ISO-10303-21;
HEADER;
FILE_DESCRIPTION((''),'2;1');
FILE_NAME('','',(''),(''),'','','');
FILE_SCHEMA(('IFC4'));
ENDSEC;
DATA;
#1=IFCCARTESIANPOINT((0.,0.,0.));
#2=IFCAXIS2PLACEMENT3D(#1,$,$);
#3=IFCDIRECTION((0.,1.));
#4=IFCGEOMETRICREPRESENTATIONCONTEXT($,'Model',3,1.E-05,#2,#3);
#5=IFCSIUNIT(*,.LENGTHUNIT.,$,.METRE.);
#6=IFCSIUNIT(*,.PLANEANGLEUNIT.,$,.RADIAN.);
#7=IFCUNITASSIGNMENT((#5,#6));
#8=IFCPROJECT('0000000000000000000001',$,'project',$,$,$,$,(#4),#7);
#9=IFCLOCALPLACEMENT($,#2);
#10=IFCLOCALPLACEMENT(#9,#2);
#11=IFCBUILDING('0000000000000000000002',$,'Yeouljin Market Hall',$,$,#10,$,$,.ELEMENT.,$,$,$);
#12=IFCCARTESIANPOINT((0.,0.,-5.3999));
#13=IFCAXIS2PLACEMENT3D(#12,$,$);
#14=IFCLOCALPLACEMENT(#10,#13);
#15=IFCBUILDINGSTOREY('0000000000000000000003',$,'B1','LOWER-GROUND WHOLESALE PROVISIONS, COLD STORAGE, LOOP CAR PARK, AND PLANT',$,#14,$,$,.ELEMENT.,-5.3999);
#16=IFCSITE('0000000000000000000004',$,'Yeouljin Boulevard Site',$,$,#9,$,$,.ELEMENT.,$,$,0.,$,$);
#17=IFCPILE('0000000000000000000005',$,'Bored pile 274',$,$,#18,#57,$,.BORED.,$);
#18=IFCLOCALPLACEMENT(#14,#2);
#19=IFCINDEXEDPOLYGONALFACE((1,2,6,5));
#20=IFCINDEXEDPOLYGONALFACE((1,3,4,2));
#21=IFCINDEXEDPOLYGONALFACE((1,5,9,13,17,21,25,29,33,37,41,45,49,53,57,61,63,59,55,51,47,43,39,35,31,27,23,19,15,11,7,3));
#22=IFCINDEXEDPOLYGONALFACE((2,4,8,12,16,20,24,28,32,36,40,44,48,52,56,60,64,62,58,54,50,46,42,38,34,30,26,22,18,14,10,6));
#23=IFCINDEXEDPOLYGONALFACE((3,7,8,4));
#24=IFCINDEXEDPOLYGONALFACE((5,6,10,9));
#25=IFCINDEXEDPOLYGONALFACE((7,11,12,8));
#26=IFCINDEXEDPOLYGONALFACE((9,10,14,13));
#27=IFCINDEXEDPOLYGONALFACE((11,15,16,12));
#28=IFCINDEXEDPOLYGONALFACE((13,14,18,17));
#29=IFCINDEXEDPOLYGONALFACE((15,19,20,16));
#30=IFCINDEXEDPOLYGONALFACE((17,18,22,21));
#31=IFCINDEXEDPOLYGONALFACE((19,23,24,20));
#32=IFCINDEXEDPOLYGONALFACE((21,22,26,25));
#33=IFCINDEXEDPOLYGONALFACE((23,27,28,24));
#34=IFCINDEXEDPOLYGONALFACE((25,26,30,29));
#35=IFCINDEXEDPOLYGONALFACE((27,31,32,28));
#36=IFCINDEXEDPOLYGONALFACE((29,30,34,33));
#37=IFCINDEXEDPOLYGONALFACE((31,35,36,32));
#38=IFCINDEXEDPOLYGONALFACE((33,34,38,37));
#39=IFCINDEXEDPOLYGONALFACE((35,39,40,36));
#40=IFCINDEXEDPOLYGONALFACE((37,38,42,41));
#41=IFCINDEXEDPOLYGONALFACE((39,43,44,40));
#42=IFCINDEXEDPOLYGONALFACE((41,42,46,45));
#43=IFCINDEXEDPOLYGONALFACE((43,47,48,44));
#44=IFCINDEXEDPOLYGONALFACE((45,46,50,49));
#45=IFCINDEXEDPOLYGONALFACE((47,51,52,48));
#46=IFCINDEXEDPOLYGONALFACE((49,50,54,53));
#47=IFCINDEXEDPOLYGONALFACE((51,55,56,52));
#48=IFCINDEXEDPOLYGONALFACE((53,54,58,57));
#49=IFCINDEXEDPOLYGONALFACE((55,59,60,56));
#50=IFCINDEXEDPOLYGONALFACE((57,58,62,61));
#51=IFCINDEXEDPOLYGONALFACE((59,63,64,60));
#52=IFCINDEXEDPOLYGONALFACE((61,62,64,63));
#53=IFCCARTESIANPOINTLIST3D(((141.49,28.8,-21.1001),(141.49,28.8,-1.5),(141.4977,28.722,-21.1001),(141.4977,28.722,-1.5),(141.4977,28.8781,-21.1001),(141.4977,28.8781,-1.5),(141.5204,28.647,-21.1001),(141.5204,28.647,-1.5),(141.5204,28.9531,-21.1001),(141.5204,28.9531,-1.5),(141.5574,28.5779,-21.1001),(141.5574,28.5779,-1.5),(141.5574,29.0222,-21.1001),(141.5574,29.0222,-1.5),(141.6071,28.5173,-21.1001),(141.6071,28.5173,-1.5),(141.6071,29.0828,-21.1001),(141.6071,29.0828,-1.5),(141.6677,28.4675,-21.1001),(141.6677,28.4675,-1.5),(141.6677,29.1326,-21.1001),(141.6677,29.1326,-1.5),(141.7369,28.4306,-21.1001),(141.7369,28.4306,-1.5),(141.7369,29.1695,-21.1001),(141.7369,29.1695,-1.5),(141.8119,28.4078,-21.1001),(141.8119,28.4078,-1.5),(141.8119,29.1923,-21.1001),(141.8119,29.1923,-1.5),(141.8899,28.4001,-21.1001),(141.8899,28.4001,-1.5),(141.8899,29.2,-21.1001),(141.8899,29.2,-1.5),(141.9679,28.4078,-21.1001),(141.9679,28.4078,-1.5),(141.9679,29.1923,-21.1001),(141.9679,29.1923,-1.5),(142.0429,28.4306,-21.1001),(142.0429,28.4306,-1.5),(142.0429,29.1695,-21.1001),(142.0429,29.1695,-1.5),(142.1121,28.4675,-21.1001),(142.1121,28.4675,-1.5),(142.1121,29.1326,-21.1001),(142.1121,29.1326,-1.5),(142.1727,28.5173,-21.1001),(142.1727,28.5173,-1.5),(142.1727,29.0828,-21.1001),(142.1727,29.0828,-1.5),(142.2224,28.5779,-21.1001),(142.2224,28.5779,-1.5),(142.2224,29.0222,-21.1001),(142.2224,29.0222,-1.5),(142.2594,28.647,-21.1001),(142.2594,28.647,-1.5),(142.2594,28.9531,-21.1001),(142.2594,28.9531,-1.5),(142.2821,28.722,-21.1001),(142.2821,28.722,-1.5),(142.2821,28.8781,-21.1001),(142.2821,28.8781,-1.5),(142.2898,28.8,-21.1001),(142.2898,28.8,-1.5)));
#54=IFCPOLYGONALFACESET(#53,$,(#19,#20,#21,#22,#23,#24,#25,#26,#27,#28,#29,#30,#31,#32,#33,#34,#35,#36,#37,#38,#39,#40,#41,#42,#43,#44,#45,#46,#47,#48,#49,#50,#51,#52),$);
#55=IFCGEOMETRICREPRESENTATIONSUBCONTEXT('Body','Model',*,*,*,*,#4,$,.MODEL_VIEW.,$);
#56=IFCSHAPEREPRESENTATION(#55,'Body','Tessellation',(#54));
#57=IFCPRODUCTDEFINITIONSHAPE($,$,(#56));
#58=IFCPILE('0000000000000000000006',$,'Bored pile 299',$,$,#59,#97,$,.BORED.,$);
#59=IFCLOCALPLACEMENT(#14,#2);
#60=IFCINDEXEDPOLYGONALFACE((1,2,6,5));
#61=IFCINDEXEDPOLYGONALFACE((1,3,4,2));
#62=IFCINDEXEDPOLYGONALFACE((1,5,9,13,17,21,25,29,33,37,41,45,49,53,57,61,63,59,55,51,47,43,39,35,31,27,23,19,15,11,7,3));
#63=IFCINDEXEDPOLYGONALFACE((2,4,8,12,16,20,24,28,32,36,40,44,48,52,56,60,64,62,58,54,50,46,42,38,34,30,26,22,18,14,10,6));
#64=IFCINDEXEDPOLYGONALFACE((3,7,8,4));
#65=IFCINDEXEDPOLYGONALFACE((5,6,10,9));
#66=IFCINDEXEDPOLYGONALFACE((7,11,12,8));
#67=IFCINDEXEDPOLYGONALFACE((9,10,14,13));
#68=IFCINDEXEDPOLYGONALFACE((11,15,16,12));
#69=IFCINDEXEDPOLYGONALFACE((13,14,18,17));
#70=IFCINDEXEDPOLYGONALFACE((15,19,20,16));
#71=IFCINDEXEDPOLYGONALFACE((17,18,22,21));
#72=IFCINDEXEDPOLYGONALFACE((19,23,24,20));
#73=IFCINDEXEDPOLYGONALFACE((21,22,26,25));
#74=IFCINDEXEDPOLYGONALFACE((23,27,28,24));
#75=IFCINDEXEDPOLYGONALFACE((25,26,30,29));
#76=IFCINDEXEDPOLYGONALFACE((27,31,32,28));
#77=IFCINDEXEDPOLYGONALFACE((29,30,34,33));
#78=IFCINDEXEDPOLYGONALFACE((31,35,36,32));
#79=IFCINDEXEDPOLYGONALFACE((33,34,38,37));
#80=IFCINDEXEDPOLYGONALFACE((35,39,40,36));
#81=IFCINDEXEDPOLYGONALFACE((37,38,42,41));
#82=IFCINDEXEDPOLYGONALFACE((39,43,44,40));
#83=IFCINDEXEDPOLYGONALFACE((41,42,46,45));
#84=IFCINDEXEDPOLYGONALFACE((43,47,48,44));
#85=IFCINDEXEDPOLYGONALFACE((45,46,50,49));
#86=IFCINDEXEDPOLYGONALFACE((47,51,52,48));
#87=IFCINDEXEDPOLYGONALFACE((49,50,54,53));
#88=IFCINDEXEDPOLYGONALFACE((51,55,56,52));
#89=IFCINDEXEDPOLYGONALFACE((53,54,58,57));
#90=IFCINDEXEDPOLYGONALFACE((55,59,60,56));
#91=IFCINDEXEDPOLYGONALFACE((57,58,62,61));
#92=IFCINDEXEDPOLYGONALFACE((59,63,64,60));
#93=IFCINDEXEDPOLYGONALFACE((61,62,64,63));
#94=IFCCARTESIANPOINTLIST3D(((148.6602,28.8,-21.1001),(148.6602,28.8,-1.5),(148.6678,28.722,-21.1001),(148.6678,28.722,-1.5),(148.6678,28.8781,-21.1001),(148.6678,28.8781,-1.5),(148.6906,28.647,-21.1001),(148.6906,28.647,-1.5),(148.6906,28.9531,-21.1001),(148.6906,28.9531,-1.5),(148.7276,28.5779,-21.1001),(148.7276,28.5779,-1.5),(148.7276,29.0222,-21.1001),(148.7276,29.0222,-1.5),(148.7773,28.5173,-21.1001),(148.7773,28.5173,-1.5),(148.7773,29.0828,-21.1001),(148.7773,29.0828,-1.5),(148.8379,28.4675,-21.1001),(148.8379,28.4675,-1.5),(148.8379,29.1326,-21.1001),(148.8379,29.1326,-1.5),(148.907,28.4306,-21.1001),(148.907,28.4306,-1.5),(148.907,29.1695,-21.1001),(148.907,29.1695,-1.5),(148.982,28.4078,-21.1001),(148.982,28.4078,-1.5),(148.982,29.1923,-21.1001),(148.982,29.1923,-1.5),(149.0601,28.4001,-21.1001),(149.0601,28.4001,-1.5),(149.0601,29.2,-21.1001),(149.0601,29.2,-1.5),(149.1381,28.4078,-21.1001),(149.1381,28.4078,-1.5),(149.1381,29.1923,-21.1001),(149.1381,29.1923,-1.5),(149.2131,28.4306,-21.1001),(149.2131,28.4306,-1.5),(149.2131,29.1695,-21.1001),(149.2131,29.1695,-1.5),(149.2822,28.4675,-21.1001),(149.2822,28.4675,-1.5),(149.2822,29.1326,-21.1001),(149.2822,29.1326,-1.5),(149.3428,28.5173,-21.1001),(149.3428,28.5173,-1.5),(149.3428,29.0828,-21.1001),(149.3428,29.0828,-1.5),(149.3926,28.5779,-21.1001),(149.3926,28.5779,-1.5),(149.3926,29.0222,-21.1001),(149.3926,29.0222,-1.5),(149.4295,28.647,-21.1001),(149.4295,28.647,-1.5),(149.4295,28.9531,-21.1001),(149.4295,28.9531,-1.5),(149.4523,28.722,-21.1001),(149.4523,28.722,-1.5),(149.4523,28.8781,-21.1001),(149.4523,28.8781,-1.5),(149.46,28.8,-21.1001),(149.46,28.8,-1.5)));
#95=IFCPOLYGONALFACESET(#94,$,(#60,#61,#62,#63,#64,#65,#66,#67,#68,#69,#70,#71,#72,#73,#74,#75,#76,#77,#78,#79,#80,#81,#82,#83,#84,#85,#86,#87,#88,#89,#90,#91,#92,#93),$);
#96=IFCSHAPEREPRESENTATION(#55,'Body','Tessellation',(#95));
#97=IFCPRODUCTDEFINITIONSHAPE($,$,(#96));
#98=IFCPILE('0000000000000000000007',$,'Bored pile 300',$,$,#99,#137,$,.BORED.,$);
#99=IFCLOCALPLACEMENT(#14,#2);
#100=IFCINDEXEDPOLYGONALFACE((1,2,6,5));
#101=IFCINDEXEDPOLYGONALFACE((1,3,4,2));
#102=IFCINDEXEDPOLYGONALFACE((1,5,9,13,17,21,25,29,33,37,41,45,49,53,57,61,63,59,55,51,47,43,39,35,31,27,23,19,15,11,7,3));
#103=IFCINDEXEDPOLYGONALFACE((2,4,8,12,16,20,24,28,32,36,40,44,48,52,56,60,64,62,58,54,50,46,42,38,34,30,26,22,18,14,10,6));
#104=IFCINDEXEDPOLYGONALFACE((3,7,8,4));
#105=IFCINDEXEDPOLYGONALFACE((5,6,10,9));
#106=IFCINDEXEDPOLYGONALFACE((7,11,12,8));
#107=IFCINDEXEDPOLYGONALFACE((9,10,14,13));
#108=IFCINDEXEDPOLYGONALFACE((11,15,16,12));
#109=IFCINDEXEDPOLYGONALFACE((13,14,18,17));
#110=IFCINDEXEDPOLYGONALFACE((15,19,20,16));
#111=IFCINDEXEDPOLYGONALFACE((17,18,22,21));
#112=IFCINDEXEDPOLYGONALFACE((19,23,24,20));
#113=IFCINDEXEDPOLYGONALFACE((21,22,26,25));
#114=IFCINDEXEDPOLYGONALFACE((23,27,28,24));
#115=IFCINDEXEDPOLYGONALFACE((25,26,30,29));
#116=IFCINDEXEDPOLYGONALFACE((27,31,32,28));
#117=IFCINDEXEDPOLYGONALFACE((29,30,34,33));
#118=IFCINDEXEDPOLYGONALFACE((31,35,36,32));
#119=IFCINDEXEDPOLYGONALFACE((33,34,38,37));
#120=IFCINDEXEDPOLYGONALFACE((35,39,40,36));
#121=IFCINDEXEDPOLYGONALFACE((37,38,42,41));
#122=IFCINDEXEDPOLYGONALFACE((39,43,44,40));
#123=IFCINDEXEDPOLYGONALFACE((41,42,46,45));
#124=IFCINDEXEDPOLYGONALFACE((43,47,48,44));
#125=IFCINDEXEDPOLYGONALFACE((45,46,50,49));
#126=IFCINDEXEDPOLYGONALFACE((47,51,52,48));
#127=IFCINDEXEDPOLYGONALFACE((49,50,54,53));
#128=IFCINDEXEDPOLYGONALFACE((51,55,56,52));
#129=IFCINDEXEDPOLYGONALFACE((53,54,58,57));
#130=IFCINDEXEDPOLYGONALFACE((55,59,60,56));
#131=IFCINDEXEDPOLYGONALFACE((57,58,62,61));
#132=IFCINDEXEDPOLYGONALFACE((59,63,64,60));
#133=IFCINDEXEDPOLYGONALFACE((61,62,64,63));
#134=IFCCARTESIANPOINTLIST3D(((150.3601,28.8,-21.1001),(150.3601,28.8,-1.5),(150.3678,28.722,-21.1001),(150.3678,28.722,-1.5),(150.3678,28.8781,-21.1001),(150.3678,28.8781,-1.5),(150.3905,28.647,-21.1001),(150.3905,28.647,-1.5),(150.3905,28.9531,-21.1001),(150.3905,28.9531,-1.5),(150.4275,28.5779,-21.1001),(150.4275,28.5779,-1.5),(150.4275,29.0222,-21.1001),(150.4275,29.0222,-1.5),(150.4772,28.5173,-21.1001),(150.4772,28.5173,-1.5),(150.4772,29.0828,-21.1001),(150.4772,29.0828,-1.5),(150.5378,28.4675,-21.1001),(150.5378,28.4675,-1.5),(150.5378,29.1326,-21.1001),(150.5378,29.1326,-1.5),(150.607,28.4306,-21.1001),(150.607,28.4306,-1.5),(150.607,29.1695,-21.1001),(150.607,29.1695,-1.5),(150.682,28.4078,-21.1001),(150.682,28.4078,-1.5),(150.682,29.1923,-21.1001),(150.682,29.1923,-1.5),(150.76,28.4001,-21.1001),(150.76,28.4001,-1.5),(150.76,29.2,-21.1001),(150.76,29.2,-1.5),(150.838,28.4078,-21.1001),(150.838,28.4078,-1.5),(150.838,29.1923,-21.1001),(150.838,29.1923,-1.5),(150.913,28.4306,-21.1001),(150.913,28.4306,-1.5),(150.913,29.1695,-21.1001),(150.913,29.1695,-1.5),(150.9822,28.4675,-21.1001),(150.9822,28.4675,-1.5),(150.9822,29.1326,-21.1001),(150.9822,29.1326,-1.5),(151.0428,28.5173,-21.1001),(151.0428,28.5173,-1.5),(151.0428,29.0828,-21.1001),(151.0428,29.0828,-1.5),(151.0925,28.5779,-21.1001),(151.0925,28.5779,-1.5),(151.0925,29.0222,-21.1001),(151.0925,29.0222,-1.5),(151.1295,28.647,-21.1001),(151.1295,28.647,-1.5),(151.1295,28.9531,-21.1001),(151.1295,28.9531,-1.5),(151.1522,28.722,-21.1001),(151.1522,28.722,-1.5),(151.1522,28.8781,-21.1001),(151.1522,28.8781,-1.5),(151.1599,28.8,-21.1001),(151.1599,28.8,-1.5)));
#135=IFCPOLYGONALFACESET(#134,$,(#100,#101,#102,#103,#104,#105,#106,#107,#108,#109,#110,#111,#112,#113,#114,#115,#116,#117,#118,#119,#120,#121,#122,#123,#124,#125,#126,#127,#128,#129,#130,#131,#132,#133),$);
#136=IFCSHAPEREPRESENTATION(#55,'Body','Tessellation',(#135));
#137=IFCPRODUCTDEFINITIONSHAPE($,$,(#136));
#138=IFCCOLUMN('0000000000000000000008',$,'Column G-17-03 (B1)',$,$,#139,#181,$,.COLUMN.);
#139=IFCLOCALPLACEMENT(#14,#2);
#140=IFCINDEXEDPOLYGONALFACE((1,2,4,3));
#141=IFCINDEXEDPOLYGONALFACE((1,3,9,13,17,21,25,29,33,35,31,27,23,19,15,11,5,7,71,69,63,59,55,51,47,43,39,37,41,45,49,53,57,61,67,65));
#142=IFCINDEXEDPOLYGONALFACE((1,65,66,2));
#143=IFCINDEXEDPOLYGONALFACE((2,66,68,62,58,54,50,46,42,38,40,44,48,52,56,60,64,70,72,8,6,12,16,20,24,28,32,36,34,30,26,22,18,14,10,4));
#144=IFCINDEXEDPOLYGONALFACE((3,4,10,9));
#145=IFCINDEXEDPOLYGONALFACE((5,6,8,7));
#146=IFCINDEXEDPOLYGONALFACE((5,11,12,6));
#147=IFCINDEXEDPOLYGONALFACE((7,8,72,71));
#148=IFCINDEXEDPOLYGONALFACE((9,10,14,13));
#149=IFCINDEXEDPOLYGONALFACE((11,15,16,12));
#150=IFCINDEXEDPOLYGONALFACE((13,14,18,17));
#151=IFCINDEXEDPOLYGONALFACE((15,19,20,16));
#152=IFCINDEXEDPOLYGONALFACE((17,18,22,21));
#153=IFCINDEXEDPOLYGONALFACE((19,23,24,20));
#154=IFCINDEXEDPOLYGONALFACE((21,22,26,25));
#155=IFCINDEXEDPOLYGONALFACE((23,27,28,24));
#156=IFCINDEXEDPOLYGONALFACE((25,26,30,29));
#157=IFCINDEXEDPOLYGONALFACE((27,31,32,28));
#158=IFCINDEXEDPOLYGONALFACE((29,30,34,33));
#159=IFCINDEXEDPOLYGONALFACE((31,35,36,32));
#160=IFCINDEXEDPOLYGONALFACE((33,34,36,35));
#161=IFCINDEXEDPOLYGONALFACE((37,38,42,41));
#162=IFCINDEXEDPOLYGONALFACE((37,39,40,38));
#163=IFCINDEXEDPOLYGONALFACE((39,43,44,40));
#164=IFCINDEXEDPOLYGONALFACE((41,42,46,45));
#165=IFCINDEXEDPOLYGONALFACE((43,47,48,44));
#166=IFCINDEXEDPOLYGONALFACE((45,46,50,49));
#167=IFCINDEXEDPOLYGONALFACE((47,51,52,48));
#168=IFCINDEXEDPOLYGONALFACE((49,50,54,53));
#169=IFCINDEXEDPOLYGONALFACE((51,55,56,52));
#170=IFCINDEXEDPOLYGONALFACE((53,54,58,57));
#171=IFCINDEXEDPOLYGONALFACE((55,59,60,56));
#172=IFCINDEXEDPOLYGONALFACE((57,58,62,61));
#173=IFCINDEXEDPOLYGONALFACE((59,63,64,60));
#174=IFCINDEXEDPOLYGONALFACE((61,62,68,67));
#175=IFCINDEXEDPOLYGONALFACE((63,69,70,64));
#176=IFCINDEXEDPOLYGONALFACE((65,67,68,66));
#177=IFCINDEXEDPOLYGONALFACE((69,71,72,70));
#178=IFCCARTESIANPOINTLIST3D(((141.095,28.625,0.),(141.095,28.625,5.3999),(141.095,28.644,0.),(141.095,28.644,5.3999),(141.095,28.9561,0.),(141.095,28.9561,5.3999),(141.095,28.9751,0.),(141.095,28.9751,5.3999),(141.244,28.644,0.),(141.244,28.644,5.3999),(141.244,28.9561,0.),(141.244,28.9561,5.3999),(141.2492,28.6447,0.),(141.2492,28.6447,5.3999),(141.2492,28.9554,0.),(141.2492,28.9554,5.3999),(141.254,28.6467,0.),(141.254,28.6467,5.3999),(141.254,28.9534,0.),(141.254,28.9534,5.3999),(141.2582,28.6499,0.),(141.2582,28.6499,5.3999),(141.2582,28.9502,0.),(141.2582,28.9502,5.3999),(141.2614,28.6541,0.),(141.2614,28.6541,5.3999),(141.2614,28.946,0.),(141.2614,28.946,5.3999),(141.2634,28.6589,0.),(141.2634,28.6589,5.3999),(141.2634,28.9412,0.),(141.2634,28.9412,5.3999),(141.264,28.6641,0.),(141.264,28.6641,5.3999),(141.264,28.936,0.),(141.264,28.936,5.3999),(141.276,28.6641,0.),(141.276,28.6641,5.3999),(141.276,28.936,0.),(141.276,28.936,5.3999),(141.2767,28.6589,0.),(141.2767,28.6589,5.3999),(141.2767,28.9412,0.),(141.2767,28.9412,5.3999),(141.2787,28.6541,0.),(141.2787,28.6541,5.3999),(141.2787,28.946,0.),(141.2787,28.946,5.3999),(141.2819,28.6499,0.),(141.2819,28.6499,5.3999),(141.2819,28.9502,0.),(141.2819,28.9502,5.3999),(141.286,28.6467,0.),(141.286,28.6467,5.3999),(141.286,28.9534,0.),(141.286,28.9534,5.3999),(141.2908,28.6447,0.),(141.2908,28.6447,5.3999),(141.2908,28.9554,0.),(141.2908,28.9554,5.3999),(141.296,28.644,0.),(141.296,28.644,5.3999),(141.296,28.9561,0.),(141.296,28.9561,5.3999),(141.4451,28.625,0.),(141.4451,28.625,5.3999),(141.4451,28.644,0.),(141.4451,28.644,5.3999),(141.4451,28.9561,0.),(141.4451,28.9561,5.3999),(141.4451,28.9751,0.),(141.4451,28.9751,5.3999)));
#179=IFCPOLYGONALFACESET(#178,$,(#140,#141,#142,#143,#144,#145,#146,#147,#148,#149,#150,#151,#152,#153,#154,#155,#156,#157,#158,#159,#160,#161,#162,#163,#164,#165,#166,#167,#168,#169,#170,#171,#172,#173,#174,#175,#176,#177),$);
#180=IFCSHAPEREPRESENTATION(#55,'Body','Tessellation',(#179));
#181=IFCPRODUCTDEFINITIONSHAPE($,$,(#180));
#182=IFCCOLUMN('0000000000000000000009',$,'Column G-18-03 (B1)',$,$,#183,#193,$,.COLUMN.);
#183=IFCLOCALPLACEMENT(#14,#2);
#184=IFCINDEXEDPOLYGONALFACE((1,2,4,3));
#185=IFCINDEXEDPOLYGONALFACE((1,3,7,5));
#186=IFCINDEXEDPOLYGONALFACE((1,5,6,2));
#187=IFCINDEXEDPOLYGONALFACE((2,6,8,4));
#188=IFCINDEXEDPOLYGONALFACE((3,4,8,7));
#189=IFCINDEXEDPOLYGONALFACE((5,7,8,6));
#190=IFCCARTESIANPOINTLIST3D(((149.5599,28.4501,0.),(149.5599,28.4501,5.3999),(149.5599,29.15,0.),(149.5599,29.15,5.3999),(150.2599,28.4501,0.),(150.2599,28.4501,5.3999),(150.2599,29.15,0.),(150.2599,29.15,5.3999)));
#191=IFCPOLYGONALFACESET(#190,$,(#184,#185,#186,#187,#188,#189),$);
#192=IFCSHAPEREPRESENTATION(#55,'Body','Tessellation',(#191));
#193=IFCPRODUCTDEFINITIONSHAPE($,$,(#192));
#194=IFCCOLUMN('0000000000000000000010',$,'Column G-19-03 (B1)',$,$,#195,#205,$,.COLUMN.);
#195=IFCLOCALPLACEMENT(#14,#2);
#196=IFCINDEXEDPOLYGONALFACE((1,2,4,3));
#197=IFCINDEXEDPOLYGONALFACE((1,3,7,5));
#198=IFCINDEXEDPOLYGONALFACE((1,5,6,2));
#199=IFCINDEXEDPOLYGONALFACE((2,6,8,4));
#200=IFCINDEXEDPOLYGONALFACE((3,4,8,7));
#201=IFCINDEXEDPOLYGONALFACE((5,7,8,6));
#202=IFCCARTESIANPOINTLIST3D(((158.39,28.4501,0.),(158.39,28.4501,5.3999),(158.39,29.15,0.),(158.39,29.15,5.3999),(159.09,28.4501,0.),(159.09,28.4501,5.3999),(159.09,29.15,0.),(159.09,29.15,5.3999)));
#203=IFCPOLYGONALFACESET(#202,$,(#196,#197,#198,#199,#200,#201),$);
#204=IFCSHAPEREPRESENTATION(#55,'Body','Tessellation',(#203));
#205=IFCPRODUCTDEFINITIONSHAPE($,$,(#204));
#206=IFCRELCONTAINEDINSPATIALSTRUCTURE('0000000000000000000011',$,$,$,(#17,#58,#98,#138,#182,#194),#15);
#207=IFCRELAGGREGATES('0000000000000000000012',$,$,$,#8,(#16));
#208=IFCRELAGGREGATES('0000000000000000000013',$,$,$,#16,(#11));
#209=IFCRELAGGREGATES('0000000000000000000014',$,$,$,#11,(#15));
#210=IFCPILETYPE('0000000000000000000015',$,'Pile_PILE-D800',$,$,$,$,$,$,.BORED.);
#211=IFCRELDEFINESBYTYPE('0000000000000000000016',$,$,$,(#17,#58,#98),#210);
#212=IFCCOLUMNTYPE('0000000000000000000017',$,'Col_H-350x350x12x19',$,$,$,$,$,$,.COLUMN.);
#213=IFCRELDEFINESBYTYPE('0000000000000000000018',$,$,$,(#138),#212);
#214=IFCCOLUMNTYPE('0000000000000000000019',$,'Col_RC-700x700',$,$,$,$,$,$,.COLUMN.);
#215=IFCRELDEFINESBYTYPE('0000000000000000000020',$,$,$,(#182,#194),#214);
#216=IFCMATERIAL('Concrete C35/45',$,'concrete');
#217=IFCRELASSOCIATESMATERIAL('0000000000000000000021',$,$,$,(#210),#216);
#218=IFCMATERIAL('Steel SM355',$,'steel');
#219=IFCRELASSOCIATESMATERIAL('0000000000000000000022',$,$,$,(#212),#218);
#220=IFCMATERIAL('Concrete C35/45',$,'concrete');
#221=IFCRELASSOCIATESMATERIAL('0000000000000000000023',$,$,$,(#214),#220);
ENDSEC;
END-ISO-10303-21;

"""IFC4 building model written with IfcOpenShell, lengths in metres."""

from ifc_helpers import new_model, si_unit, direction, frame, origin, origin_2d, place, context, subcontext, project, spatial, rectangle, circle, i_section, extrude, material, material_profile, profile_set, type_object, element, save


model = new_model("IFC4")

# Units and contexts
model_context = context("Model", 3, precision=1e-05, world=origin(), true_north=direction((0.0, 1.0)))
body_context = subcontext(model_context, "Body", "Model", "MODEL_VIEW")
ifc_project = project(units=[si_unit("LENGTHUNIT", "METRE"), si_unit("PLANEANGLEUNIT", "RADIAN")], contexts=[model_context])

# Site, building, storey
site_placement = place(None, origin())
site = spatial("IfcSite", under=ifc_project, at=site_placement, Name="Yeouljin Boulevard Site", CompositionType="ELEMENT", RefElevation=0.0)
building_placement = place(site_placement, origin())
building = spatial("IfcBuilding", under=site, at=building_placement, Name="Yeouljin Market Hall", CompositionType="ELEMENT")
storey_placement = place(building_placement, frame((0.0, 0.0, -5.3999)))
storey = spatial("IfcBuildingStorey", under=building, at=storey_placement, Name="B1", Description="LOWER-GROUND WHOLESALE PROVISIONS, COLD STORAGE, LOOP CAR PARK, AND PLANT", CompositionType="ELEMENT", Elevation=-5.3999)

# Piles
ifc_material_1 = material(Name="Concrete C35/45", Category="concrete")
ifc_material_profile_1 = material_profile(ifc_material_1, circle(Radius=0.3999, at=origin_2d()), Name="PILE-D800")
ifc_profile_set_1 = profile_set([ifc_material_profile_1], Name="Concrete C35/45")
pile_type_1 = type_object("IfcPileType", Name="Pile_PILE-D800", PredefinedType="BORED", material=ifc_profile_set_1)
for number, where, z_axis, x_axis, name in (
    (1, (141.8899, 28.8, -1.5), (0.0, 0.0, -1.0), (1.0, 0.0, 0.0), "Bored pile 274"),
    (2, (149.0601, 28.8, -1.5), (0.0, 0.0, -1.0), (1.0, 0.0, 0.0), "Bored pile 299"),
    (3, (150.76, 28.8, -1.5), (0.0, 0.0, -1.0), (1.0, 0.0, 0.0), "Bored pile 300"),
):
    element("IfcPile", number, at=place(storey_placement, frame(where, z_axis=z_axis, x_axis=x_axis)), inside=storey, type_object=pile_type_1, Name=name, PredefinedType="BORED", context=body_context, shape_type="SweptSolid", body=[
        extrude(circle(Radius=0.3999, at=origin_2d()), origin(), (0.0, 0.0, 1.0), 19.6001),
    ])

# Columns
ifc_material_2 = material(Name="Steel SM355", Category="steel")
ifc_material_profile_2 = material_profile(ifc_material_2, i_section(OverallWidth=0.3501, OverallDepth=0.3501, WebThickness=0.012, FlangeThickness=0.019, FilletRadius=0.02, at=origin_2d()), Name="H-350x350x12x19")
ifc_profile_set_2 = profile_set([ifc_material_profile_2], Name="Steel SM355")
column_type_1 = type_object("IfcColumnType", Name="Col_H-350x350x12x19", PredefinedType="COLUMN", material=ifc_profile_set_2)
column_placement = place(storey_placement, frame((141.27, 28.8, 0.0), z_axis=(0.0, 0.0, 1.0), x_axis=(1.0, 0.0, 0.0)))
element("IfcColumn", 4, at=column_placement, inside=storey, type_object=column_type_1, Name="Column G-17-03 (B1)", PredefinedType="COLUMN", context=body_context, shape_type="SweptSolid", body=[
    extrude(i_section(OverallWidth=0.3501, OverallDepth=0.3501, WebThickness=0.012, FlangeThickness=0.019, FilletRadius=0.02, at=origin_2d()), origin(), (0.0, 0.0, 1.0), 5.3999),
])
ifc_material_3 = material(Name="Concrete C35/45", Category="concrete")
ifc_material_profile_3 = material_profile(ifc_material_3, rectangle(XDim=0.7, YDim=0.7, at=origin_2d()), Name="RC-700x700")
ifc_profile_set_3 = profile_set([ifc_material_profile_3], Name="Concrete C35/45")
column_type_2 = type_object("IfcColumnType", Name="Col_RC-700x700", PredefinedType="COLUMN", material=ifc_profile_set_3)
for number, where, z_axis, x_axis, name in (
    (5, (149.9099, 28.8, 0.0), (0.0, 0.0, 1.0), (1.0, 0.0, 0.0), "Column G-18-03 (B1)"),
    (6, (158.74, 28.8, 0.0), (0.0, 0.0, 1.0), (1.0, 0.0, 0.0), "Column G-19-03 (B1)"),
):
    element("IfcColumn", number, at=place(storey_placement, frame(where, z_axis=z_axis, x_axis=x_axis)), inside=storey, type_object=column_type_2, Name=name, PredefinedType="COLUMN", context=body_context, shape_type="SweptSolid", body=[
        extrude(rectangle(XDim=0.7, YDim=0.7, at=origin_2d()), origin(), (0.0, 0.0, 1.0), 5.3999),
    ])

save(model, "model.ifc")
